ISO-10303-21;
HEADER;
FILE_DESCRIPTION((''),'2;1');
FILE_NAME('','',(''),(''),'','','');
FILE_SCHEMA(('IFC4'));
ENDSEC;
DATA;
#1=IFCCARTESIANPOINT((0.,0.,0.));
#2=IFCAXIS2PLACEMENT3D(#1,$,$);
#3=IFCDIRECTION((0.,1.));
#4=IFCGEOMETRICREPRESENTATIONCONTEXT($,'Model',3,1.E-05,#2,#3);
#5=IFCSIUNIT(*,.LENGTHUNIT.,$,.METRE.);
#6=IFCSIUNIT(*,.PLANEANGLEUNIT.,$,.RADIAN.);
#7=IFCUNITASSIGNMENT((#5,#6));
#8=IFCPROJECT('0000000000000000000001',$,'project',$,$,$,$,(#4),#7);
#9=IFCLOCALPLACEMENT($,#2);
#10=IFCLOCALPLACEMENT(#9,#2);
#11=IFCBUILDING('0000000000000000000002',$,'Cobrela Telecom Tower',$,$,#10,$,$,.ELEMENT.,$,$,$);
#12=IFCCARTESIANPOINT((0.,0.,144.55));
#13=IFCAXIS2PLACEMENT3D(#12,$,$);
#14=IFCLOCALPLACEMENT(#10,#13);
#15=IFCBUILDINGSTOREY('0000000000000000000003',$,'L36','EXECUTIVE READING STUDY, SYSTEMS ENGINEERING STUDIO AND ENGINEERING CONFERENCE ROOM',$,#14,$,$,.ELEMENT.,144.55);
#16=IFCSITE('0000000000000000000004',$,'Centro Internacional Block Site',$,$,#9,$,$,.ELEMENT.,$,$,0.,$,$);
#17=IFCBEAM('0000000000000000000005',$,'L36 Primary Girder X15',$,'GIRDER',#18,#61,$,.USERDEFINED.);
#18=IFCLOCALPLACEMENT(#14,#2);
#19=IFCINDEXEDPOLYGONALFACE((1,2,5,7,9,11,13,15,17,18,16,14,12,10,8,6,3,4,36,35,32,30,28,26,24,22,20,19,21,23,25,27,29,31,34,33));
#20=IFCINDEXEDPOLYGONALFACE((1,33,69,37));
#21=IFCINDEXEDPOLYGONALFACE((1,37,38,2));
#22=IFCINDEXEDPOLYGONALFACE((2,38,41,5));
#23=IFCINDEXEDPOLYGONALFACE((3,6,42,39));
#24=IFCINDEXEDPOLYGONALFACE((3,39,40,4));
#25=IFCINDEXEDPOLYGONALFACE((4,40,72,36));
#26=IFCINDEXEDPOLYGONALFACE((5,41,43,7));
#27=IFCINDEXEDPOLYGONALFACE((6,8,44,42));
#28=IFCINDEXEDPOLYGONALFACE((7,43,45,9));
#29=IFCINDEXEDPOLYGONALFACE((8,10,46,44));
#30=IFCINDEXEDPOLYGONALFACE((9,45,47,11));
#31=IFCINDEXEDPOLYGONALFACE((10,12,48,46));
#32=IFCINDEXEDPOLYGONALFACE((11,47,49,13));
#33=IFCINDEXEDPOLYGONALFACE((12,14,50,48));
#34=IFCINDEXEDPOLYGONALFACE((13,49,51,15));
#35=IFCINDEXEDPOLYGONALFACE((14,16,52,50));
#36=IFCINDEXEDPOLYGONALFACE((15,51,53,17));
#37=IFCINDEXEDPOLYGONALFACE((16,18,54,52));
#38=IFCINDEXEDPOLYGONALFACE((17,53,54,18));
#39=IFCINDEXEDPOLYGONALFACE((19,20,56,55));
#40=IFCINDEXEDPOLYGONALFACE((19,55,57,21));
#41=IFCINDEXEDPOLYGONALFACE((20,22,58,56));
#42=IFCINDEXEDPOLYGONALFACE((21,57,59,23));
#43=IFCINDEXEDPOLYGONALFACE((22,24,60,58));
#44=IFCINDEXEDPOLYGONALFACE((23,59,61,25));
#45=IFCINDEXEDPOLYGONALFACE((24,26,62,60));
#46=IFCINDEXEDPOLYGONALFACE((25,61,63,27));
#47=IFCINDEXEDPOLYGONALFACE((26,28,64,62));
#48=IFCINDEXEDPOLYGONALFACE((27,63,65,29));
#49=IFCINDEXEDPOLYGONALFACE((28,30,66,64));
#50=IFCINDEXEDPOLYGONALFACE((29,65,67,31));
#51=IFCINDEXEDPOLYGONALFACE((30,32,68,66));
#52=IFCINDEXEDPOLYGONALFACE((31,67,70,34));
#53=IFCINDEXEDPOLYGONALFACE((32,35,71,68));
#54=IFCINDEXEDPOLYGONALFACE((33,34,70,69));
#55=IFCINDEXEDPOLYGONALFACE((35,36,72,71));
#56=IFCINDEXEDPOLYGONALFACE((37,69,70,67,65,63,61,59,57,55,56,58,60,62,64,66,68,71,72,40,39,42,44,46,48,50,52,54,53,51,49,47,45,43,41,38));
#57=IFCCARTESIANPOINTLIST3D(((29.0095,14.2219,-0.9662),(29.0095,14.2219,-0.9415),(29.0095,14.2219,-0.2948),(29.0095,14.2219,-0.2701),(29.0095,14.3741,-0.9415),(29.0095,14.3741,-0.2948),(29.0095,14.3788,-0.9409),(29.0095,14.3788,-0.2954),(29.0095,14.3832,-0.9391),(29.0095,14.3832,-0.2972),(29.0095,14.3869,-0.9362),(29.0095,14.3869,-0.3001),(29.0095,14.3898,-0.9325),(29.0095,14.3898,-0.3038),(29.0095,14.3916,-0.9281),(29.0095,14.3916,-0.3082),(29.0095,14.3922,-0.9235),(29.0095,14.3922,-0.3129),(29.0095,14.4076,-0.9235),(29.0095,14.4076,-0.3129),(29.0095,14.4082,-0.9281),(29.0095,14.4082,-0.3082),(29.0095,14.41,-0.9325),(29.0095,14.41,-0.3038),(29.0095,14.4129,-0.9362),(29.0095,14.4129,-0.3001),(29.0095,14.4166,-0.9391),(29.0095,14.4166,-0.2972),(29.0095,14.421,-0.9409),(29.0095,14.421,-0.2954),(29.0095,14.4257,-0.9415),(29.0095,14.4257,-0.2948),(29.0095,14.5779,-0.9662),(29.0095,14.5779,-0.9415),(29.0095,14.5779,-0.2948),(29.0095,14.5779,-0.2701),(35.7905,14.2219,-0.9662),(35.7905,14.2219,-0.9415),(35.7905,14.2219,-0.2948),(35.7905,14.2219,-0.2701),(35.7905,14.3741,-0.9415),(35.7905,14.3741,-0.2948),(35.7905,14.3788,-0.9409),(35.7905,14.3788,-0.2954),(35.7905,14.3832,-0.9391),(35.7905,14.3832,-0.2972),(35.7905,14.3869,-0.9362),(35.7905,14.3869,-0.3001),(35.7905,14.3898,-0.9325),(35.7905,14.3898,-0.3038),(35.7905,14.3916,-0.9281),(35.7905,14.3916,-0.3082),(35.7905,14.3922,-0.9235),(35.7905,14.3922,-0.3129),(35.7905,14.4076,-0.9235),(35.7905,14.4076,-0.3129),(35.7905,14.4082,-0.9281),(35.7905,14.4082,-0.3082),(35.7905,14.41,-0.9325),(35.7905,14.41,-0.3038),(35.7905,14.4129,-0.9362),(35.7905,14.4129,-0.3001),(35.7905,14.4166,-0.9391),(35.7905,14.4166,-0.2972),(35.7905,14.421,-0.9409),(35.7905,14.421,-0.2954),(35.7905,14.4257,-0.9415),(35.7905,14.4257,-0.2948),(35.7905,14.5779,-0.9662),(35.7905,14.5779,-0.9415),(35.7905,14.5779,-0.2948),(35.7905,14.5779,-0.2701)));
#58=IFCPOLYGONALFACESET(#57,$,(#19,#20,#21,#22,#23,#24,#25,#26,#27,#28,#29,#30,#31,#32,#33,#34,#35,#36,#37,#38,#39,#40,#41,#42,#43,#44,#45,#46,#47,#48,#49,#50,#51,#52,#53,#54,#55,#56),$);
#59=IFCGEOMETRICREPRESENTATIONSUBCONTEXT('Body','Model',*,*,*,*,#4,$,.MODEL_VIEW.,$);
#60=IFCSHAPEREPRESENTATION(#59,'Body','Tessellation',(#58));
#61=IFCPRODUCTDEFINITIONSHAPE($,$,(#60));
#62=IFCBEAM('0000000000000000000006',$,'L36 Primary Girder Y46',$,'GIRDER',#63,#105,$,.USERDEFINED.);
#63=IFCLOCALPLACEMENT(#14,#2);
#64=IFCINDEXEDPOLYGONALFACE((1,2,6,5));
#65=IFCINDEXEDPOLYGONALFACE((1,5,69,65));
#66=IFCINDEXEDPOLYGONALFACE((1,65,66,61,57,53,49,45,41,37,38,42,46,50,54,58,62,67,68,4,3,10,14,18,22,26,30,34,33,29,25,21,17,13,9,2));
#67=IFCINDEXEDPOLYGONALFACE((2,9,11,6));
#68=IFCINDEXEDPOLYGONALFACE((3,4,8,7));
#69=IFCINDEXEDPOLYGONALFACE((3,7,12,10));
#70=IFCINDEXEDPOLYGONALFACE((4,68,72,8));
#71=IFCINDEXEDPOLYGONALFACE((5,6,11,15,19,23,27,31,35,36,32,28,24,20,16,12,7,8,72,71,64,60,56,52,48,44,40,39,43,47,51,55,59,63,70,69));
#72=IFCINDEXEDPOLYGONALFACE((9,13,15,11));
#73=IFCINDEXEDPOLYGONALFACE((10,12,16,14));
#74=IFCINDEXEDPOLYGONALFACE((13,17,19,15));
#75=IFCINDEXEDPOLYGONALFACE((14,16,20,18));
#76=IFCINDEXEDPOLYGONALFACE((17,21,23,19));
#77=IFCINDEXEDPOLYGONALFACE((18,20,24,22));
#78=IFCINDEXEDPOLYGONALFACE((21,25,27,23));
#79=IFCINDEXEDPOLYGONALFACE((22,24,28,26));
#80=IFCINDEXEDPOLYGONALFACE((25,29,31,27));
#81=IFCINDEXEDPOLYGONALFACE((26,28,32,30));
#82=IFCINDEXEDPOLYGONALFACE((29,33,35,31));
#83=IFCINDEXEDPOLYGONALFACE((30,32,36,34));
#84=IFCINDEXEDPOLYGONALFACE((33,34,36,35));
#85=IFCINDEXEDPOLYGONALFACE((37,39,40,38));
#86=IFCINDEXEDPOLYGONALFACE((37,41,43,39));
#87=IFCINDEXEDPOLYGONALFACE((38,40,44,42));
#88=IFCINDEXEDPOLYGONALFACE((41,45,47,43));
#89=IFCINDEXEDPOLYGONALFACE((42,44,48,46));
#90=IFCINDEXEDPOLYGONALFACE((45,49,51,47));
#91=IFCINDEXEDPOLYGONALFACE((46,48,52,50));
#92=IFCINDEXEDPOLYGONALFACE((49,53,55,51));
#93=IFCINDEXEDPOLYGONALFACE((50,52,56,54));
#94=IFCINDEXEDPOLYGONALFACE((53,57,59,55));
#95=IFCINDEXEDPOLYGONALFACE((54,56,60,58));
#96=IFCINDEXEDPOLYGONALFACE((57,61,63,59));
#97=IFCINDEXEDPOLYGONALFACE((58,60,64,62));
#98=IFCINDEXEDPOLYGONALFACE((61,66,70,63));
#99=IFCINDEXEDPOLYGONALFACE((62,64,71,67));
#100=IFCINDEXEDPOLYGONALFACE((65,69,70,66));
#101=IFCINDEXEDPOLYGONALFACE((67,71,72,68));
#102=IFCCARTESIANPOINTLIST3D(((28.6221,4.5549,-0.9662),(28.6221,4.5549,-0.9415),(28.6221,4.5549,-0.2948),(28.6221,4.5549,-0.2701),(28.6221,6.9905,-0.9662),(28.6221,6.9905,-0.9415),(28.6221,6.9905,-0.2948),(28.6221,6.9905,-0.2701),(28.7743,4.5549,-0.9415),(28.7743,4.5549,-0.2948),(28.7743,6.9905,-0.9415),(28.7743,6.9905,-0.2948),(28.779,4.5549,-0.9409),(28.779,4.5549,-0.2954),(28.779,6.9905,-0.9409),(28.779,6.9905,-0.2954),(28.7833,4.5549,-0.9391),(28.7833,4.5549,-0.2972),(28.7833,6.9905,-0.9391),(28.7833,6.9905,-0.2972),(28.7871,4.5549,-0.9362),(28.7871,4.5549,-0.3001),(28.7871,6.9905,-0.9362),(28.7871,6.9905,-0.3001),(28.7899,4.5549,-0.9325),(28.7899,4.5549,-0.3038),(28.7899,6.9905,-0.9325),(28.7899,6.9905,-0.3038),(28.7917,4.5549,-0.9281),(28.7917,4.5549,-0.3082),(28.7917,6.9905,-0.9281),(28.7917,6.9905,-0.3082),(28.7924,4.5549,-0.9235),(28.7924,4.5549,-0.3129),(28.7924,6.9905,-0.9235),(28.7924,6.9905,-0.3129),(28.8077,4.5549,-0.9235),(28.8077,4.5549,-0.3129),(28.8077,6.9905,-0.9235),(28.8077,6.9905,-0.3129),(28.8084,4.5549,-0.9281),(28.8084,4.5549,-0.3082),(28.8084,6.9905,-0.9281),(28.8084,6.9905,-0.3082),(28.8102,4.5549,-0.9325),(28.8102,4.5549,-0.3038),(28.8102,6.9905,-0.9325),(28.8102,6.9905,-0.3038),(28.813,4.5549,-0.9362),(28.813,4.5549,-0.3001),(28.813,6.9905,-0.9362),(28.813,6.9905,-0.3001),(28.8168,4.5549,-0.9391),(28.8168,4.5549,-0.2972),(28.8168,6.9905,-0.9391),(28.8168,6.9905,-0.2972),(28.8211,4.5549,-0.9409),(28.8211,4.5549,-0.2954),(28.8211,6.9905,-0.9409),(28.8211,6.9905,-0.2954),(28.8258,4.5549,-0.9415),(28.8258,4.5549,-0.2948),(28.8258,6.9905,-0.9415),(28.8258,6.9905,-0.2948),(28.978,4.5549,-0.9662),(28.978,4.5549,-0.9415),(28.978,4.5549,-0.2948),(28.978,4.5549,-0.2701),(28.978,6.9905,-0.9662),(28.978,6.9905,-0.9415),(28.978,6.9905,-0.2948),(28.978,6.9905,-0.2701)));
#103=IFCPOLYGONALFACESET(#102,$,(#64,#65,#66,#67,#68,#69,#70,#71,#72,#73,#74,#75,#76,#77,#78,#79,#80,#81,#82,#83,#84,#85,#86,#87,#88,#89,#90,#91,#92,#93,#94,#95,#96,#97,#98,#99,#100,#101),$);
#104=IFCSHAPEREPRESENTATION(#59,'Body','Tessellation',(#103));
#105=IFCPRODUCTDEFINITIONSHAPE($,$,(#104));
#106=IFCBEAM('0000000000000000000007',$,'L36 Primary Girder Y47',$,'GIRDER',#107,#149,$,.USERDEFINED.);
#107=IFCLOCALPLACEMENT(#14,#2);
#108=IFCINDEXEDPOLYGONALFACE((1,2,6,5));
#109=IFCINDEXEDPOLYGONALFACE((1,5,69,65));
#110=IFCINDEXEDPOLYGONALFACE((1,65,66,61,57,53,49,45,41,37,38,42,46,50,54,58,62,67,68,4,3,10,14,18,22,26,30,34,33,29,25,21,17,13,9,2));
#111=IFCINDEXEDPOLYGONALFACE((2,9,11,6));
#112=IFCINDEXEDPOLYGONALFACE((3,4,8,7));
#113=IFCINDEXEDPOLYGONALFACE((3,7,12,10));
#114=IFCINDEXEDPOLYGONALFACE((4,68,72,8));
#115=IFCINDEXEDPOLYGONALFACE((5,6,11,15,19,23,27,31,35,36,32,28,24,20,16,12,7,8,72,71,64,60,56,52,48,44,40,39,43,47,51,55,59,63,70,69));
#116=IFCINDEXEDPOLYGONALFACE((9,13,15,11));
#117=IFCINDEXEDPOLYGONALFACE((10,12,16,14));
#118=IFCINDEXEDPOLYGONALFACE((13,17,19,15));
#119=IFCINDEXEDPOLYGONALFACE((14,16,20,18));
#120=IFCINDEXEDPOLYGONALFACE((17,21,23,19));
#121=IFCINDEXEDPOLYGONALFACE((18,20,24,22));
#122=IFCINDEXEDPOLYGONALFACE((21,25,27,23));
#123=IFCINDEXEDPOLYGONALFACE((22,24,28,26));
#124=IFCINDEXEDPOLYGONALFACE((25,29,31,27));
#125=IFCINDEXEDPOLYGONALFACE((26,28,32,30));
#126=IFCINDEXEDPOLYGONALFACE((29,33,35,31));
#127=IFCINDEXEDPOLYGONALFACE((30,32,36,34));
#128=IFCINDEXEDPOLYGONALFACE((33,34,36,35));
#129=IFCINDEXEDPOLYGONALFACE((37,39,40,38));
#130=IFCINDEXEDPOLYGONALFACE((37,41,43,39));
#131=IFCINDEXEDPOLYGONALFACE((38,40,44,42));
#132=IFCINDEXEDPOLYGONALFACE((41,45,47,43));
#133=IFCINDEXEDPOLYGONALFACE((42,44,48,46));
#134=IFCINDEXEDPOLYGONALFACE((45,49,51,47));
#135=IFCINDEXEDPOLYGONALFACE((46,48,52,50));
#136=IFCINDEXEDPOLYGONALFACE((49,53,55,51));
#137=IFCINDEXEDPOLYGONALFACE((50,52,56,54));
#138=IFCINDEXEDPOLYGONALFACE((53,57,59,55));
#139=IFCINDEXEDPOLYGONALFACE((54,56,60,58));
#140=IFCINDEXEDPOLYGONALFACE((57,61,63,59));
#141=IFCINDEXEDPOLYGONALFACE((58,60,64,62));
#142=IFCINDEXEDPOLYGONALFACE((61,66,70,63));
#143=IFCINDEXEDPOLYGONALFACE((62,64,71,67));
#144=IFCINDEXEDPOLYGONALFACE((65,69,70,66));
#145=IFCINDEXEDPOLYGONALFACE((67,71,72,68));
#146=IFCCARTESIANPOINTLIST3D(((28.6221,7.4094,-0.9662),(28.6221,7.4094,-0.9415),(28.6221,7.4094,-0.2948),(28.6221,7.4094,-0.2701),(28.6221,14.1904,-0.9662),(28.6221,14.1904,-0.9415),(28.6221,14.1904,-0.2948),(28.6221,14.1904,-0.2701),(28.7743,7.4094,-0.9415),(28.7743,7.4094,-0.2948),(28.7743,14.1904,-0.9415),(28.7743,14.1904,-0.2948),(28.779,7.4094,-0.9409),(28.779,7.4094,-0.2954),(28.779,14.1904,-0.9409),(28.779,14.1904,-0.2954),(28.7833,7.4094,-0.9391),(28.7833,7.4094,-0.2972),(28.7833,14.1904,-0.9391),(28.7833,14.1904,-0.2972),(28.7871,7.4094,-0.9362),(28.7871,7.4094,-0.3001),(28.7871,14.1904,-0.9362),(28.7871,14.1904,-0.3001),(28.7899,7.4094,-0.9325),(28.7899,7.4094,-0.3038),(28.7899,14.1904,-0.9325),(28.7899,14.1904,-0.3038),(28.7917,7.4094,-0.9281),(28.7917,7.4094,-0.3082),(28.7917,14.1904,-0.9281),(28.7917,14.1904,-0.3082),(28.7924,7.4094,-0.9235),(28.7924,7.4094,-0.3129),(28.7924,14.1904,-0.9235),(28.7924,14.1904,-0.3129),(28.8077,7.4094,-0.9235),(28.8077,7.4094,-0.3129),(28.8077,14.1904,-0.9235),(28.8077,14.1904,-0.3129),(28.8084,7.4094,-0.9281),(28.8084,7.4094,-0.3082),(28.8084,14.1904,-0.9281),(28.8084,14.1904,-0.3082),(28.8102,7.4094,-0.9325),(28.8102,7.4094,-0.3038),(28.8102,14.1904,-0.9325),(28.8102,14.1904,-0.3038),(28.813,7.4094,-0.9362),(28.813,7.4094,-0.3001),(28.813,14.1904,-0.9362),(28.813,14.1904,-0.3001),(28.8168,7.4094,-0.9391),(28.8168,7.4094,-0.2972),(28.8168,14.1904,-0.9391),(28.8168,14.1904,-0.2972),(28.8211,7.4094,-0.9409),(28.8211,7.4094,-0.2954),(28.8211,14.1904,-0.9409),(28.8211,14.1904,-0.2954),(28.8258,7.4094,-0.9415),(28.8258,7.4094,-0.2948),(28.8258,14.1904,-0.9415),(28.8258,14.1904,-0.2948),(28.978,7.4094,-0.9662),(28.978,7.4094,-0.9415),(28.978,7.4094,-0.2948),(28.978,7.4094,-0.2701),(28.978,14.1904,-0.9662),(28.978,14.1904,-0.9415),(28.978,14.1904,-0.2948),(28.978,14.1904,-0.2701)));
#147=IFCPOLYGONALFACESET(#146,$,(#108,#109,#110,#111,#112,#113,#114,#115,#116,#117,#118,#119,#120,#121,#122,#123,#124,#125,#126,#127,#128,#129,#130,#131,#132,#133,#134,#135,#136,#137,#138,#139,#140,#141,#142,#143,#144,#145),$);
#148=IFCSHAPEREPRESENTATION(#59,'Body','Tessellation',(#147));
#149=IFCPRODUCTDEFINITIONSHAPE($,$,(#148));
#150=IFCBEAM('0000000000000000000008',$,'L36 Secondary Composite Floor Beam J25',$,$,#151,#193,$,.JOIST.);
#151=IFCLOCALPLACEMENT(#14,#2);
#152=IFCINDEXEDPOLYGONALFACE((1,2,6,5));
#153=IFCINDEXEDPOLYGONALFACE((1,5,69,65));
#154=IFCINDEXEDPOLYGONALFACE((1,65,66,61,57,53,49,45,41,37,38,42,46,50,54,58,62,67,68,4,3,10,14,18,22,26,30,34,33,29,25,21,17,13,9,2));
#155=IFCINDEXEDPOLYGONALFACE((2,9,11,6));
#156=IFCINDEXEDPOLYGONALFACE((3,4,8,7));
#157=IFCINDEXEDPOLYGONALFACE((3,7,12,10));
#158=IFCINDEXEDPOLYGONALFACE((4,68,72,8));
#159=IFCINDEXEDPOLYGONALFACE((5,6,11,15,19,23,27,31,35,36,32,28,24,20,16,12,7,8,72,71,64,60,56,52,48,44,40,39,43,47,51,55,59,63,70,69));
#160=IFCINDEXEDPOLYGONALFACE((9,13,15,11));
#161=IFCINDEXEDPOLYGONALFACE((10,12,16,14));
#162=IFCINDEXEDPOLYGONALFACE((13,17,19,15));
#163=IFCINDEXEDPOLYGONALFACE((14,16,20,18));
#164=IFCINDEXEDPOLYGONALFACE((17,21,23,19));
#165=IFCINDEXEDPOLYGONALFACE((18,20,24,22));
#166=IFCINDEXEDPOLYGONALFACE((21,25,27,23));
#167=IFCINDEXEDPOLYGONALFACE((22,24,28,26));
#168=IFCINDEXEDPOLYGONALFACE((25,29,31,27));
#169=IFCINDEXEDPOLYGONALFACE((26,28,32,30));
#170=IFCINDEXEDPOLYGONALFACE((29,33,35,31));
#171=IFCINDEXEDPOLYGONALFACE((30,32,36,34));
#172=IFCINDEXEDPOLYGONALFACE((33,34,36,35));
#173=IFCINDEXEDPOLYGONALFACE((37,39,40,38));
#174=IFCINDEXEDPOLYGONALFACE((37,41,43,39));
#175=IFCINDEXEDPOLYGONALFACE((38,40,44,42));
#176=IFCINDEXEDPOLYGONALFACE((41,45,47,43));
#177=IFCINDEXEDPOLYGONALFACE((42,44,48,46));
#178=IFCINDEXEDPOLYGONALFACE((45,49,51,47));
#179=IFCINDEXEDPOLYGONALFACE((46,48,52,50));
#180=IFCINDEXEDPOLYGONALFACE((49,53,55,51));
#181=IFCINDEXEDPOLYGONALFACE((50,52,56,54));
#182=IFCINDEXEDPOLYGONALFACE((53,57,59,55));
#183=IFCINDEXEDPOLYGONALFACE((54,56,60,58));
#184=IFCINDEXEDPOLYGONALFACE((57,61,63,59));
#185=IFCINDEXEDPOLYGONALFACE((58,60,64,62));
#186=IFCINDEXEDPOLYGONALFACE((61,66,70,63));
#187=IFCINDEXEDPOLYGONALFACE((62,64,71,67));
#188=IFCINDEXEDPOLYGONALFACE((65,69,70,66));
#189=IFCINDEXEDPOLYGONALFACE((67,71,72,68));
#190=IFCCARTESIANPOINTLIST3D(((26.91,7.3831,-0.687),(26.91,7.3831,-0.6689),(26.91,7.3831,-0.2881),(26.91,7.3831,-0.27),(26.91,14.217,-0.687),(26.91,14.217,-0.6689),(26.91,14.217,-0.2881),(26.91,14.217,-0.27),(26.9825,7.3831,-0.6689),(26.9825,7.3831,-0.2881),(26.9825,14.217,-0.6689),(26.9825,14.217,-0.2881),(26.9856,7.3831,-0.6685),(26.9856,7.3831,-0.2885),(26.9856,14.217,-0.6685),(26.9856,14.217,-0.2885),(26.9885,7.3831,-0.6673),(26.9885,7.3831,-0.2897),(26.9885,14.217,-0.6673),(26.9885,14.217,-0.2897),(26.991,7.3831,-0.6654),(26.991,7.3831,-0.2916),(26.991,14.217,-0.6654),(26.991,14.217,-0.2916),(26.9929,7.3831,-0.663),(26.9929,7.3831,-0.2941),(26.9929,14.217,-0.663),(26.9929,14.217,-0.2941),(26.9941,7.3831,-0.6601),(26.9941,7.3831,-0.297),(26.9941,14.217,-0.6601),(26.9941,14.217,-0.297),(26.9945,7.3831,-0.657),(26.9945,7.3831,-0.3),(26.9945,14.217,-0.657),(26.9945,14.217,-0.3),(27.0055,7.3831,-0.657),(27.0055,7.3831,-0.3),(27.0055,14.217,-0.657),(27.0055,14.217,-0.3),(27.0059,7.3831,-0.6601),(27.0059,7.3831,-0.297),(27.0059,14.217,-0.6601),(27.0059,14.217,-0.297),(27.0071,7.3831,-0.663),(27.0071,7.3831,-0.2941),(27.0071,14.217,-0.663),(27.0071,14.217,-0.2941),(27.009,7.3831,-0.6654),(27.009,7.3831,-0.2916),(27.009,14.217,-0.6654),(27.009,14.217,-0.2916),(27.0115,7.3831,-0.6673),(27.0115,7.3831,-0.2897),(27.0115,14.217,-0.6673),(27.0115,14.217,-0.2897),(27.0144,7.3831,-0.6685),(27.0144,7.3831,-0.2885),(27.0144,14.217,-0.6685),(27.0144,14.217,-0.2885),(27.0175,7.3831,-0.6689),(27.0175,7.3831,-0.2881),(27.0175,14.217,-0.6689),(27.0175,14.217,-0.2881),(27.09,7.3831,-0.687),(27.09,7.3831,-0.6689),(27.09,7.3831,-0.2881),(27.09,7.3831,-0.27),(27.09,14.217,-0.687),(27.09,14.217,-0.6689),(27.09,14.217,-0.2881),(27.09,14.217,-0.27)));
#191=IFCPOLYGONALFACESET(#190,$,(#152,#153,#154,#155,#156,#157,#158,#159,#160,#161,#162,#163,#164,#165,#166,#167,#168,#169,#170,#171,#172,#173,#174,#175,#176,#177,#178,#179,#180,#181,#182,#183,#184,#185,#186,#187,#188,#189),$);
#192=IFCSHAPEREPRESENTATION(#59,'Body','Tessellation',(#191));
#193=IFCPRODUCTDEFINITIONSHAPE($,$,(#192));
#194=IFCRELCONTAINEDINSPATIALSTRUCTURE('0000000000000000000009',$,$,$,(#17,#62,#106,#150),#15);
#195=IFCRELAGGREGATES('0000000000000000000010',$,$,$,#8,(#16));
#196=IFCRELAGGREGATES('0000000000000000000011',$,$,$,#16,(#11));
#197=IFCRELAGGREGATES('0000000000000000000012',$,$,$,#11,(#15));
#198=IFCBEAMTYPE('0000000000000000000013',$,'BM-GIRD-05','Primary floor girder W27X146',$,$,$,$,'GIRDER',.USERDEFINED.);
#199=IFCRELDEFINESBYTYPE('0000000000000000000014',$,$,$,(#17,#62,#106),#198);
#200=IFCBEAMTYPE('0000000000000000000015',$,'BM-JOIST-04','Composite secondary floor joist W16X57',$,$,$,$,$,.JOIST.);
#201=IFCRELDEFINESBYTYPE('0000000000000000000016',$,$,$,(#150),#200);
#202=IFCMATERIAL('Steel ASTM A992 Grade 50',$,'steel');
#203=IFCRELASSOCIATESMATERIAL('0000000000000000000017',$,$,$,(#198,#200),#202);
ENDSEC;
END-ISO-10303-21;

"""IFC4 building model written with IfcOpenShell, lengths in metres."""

from ifc_helpers import new_model, si_unit, direction, frame, origin, origin_2d, place, context, subcontext, project, spatial, i_section, extrude, material, material_profile, profile_set, type_object, element, save


model = new_model("IFC4")

# Units and contexts
model_context = context("Model", 3, precision=1e-05, world=origin(), true_north=direction((0.0, 1.0)))
body_context = subcontext(model_context, "Body", "Model", "MODEL_VIEW")
ifc_project = project(units=[si_unit("LENGTHUNIT", "METRE"), si_unit("PLANEANGLEUNIT", "RADIAN")], contexts=[model_context])

# Site, building, storey
site_placement = place(None, origin())
site = spatial("IfcSite", under=ifc_project, at=site_placement, Name="Centro Internacional Block Site", CompositionType="ELEMENT", RefElevation=0.0)
building_placement = place(site_placement, origin())
building = spatial("IfcBuilding", under=site, at=building_placement, Name="Cobrela Telecom Tower", CompositionType="ELEMENT")
storey_placement = place(building_placement, frame((0.0, 0.0, 144.55)))
storey = spatial("IfcBuildingStorey", under=building, at=storey_placement, Name="L36", Description="EXECUTIVE READING STUDY, SYSTEMS ENGINEERING STUDIO AND ENGINEERING CONFERENCE ROOM", CompositionType="ELEMENT", Elevation=144.55)

# Shared definitions
ifc_material_1 = material(Name="Steel ASTM A992 Grade 50", Category="steel")

# Beams
ifc_material_profile_1 = material_profile(ifc_material_1, i_section(OverallWidth=0.356, OverallDepth=0.696, WebThickness=0.0154, FlangeThickness=0.0247, FilletRadius=0.0181, at=origin_2d()), Name="W27X146")
ifc_profile_set_1 = profile_set([ifc_material_profile_1], Name="Steel ASTM A992 Grade 50")
beam_type_1 = type_object("IfcBeamType", Name="BM-GIRD-05", Description="Primary floor girder W27X146", ElementType="GIRDER", PredefinedType="USERDEFINED", material=ifc_profile_set_1)
for number, where, z_axis, x_axis, name in (
    (1, (29.0095, 14.3999, -0.6182), (1.0, 0.0, 0.0), (0.0, 1.0, 0.0), "L36 Primary Girder X15"),
):
    element("IfcBeam", number, at=place(storey_placement, frame(where, z_axis=z_axis, x_axis=x_axis)), inside=storey, type_object=beam_type_1, Name=name, ObjectType="GIRDER", PredefinedType="USERDEFINED", context=body_context, shape_type="SweptSolid", body=[
        extrude(i_section(OverallWidth=0.356, OverallDepth=0.696, WebThickness=0.0154, FlangeThickness=0.0247, FilletRadius=0.0181, at=origin_2d()), origin(), (0.0, 0.0, 1.0), 6.781),
    ])
beam_1_placement = place(storey_placement, frame((28.8, 4.5549, -0.6182), z_axis=(0.0, 1.0, 0.0), x_axis=(-1.0, 0.0, 0.0)))
element("IfcBeam", 2, at=beam_1_placement, inside=storey, type_object=beam_type_1, Name="L36 Primary Girder Y46", ObjectType="GIRDER", PredefinedType="USERDEFINED", context=body_context, shape_type="SweptSolid", body=[
    extrude(i_section(OverallWidth=0.356, OverallDepth=0.696, WebThickness=0.0154, FlangeThickness=0.0247, FilletRadius=0.0181, at=origin_2d()), origin(), (0.0, 0.0, 1.0), 2.4355),
])
beam_2_placement = place(storey_placement, frame((28.8, 7.4094, -0.6182), z_axis=(0.0, 1.0, 0.0), x_axis=(-1.0, 0.0, 0.0)))
element("IfcBeam", 3, at=beam_2_placement, inside=storey, type_object=beam_type_1, Name="L36 Primary Girder Y47", ObjectType="GIRDER", PredefinedType="USERDEFINED", context=body_context, shape_type="SweptSolid", body=[
    extrude(i_section(OverallWidth=0.356, OverallDepth=0.696, WebThickness=0.0154, FlangeThickness=0.0247, FilletRadius=0.0181, at=origin_2d()), origin(), (0.0, 0.0, 1.0), 6.781),
])
ifc_material_profile_2 = material_profile(ifc_material_1, i_section(OverallWidth=0.1799, OverallDepth=0.417, WebThickness=0.011, FlangeThickness=0.0181, FilletRadius=0.012, at=origin_2d()), Name="W16X57")
ifc_profile_set_2 = profile_set([ifc_material_profile_2], Name="Steel ASTM A992 Grade 50")
beam_type_2 = type_object("IfcBeamType", Name="BM-JOIST-04", Description="Composite secondary floor joist W16X57", PredefinedType="JOIST", material=ifc_profile_set_2)
for number, where, z_axis, x_axis, name in (
    (4, (27.0, 7.3831, -0.4785), (0.0, 1.0, 0.0), (-1.0, 0.0, 0.0), "L36 Secondary Composite Floor Beam J25"),
):
    element("IfcBeam", number, at=place(storey_placement, frame(where, z_axis=z_axis, x_axis=x_axis)), inside=storey, type_object=beam_type_2, Name=name, PredefinedType="JOIST", context=body_context, shape_type="SweptSolid", body=[
        extrude(i_section(OverallWidth=0.1799, OverallDepth=0.417, WebThickness=0.011, FlangeThickness=0.0181, FilletRadius=0.012, at=origin_2d()), origin(), (0.0, 0.0, 1.0), 6.834),
    ])

save(model, "model.ifc")
